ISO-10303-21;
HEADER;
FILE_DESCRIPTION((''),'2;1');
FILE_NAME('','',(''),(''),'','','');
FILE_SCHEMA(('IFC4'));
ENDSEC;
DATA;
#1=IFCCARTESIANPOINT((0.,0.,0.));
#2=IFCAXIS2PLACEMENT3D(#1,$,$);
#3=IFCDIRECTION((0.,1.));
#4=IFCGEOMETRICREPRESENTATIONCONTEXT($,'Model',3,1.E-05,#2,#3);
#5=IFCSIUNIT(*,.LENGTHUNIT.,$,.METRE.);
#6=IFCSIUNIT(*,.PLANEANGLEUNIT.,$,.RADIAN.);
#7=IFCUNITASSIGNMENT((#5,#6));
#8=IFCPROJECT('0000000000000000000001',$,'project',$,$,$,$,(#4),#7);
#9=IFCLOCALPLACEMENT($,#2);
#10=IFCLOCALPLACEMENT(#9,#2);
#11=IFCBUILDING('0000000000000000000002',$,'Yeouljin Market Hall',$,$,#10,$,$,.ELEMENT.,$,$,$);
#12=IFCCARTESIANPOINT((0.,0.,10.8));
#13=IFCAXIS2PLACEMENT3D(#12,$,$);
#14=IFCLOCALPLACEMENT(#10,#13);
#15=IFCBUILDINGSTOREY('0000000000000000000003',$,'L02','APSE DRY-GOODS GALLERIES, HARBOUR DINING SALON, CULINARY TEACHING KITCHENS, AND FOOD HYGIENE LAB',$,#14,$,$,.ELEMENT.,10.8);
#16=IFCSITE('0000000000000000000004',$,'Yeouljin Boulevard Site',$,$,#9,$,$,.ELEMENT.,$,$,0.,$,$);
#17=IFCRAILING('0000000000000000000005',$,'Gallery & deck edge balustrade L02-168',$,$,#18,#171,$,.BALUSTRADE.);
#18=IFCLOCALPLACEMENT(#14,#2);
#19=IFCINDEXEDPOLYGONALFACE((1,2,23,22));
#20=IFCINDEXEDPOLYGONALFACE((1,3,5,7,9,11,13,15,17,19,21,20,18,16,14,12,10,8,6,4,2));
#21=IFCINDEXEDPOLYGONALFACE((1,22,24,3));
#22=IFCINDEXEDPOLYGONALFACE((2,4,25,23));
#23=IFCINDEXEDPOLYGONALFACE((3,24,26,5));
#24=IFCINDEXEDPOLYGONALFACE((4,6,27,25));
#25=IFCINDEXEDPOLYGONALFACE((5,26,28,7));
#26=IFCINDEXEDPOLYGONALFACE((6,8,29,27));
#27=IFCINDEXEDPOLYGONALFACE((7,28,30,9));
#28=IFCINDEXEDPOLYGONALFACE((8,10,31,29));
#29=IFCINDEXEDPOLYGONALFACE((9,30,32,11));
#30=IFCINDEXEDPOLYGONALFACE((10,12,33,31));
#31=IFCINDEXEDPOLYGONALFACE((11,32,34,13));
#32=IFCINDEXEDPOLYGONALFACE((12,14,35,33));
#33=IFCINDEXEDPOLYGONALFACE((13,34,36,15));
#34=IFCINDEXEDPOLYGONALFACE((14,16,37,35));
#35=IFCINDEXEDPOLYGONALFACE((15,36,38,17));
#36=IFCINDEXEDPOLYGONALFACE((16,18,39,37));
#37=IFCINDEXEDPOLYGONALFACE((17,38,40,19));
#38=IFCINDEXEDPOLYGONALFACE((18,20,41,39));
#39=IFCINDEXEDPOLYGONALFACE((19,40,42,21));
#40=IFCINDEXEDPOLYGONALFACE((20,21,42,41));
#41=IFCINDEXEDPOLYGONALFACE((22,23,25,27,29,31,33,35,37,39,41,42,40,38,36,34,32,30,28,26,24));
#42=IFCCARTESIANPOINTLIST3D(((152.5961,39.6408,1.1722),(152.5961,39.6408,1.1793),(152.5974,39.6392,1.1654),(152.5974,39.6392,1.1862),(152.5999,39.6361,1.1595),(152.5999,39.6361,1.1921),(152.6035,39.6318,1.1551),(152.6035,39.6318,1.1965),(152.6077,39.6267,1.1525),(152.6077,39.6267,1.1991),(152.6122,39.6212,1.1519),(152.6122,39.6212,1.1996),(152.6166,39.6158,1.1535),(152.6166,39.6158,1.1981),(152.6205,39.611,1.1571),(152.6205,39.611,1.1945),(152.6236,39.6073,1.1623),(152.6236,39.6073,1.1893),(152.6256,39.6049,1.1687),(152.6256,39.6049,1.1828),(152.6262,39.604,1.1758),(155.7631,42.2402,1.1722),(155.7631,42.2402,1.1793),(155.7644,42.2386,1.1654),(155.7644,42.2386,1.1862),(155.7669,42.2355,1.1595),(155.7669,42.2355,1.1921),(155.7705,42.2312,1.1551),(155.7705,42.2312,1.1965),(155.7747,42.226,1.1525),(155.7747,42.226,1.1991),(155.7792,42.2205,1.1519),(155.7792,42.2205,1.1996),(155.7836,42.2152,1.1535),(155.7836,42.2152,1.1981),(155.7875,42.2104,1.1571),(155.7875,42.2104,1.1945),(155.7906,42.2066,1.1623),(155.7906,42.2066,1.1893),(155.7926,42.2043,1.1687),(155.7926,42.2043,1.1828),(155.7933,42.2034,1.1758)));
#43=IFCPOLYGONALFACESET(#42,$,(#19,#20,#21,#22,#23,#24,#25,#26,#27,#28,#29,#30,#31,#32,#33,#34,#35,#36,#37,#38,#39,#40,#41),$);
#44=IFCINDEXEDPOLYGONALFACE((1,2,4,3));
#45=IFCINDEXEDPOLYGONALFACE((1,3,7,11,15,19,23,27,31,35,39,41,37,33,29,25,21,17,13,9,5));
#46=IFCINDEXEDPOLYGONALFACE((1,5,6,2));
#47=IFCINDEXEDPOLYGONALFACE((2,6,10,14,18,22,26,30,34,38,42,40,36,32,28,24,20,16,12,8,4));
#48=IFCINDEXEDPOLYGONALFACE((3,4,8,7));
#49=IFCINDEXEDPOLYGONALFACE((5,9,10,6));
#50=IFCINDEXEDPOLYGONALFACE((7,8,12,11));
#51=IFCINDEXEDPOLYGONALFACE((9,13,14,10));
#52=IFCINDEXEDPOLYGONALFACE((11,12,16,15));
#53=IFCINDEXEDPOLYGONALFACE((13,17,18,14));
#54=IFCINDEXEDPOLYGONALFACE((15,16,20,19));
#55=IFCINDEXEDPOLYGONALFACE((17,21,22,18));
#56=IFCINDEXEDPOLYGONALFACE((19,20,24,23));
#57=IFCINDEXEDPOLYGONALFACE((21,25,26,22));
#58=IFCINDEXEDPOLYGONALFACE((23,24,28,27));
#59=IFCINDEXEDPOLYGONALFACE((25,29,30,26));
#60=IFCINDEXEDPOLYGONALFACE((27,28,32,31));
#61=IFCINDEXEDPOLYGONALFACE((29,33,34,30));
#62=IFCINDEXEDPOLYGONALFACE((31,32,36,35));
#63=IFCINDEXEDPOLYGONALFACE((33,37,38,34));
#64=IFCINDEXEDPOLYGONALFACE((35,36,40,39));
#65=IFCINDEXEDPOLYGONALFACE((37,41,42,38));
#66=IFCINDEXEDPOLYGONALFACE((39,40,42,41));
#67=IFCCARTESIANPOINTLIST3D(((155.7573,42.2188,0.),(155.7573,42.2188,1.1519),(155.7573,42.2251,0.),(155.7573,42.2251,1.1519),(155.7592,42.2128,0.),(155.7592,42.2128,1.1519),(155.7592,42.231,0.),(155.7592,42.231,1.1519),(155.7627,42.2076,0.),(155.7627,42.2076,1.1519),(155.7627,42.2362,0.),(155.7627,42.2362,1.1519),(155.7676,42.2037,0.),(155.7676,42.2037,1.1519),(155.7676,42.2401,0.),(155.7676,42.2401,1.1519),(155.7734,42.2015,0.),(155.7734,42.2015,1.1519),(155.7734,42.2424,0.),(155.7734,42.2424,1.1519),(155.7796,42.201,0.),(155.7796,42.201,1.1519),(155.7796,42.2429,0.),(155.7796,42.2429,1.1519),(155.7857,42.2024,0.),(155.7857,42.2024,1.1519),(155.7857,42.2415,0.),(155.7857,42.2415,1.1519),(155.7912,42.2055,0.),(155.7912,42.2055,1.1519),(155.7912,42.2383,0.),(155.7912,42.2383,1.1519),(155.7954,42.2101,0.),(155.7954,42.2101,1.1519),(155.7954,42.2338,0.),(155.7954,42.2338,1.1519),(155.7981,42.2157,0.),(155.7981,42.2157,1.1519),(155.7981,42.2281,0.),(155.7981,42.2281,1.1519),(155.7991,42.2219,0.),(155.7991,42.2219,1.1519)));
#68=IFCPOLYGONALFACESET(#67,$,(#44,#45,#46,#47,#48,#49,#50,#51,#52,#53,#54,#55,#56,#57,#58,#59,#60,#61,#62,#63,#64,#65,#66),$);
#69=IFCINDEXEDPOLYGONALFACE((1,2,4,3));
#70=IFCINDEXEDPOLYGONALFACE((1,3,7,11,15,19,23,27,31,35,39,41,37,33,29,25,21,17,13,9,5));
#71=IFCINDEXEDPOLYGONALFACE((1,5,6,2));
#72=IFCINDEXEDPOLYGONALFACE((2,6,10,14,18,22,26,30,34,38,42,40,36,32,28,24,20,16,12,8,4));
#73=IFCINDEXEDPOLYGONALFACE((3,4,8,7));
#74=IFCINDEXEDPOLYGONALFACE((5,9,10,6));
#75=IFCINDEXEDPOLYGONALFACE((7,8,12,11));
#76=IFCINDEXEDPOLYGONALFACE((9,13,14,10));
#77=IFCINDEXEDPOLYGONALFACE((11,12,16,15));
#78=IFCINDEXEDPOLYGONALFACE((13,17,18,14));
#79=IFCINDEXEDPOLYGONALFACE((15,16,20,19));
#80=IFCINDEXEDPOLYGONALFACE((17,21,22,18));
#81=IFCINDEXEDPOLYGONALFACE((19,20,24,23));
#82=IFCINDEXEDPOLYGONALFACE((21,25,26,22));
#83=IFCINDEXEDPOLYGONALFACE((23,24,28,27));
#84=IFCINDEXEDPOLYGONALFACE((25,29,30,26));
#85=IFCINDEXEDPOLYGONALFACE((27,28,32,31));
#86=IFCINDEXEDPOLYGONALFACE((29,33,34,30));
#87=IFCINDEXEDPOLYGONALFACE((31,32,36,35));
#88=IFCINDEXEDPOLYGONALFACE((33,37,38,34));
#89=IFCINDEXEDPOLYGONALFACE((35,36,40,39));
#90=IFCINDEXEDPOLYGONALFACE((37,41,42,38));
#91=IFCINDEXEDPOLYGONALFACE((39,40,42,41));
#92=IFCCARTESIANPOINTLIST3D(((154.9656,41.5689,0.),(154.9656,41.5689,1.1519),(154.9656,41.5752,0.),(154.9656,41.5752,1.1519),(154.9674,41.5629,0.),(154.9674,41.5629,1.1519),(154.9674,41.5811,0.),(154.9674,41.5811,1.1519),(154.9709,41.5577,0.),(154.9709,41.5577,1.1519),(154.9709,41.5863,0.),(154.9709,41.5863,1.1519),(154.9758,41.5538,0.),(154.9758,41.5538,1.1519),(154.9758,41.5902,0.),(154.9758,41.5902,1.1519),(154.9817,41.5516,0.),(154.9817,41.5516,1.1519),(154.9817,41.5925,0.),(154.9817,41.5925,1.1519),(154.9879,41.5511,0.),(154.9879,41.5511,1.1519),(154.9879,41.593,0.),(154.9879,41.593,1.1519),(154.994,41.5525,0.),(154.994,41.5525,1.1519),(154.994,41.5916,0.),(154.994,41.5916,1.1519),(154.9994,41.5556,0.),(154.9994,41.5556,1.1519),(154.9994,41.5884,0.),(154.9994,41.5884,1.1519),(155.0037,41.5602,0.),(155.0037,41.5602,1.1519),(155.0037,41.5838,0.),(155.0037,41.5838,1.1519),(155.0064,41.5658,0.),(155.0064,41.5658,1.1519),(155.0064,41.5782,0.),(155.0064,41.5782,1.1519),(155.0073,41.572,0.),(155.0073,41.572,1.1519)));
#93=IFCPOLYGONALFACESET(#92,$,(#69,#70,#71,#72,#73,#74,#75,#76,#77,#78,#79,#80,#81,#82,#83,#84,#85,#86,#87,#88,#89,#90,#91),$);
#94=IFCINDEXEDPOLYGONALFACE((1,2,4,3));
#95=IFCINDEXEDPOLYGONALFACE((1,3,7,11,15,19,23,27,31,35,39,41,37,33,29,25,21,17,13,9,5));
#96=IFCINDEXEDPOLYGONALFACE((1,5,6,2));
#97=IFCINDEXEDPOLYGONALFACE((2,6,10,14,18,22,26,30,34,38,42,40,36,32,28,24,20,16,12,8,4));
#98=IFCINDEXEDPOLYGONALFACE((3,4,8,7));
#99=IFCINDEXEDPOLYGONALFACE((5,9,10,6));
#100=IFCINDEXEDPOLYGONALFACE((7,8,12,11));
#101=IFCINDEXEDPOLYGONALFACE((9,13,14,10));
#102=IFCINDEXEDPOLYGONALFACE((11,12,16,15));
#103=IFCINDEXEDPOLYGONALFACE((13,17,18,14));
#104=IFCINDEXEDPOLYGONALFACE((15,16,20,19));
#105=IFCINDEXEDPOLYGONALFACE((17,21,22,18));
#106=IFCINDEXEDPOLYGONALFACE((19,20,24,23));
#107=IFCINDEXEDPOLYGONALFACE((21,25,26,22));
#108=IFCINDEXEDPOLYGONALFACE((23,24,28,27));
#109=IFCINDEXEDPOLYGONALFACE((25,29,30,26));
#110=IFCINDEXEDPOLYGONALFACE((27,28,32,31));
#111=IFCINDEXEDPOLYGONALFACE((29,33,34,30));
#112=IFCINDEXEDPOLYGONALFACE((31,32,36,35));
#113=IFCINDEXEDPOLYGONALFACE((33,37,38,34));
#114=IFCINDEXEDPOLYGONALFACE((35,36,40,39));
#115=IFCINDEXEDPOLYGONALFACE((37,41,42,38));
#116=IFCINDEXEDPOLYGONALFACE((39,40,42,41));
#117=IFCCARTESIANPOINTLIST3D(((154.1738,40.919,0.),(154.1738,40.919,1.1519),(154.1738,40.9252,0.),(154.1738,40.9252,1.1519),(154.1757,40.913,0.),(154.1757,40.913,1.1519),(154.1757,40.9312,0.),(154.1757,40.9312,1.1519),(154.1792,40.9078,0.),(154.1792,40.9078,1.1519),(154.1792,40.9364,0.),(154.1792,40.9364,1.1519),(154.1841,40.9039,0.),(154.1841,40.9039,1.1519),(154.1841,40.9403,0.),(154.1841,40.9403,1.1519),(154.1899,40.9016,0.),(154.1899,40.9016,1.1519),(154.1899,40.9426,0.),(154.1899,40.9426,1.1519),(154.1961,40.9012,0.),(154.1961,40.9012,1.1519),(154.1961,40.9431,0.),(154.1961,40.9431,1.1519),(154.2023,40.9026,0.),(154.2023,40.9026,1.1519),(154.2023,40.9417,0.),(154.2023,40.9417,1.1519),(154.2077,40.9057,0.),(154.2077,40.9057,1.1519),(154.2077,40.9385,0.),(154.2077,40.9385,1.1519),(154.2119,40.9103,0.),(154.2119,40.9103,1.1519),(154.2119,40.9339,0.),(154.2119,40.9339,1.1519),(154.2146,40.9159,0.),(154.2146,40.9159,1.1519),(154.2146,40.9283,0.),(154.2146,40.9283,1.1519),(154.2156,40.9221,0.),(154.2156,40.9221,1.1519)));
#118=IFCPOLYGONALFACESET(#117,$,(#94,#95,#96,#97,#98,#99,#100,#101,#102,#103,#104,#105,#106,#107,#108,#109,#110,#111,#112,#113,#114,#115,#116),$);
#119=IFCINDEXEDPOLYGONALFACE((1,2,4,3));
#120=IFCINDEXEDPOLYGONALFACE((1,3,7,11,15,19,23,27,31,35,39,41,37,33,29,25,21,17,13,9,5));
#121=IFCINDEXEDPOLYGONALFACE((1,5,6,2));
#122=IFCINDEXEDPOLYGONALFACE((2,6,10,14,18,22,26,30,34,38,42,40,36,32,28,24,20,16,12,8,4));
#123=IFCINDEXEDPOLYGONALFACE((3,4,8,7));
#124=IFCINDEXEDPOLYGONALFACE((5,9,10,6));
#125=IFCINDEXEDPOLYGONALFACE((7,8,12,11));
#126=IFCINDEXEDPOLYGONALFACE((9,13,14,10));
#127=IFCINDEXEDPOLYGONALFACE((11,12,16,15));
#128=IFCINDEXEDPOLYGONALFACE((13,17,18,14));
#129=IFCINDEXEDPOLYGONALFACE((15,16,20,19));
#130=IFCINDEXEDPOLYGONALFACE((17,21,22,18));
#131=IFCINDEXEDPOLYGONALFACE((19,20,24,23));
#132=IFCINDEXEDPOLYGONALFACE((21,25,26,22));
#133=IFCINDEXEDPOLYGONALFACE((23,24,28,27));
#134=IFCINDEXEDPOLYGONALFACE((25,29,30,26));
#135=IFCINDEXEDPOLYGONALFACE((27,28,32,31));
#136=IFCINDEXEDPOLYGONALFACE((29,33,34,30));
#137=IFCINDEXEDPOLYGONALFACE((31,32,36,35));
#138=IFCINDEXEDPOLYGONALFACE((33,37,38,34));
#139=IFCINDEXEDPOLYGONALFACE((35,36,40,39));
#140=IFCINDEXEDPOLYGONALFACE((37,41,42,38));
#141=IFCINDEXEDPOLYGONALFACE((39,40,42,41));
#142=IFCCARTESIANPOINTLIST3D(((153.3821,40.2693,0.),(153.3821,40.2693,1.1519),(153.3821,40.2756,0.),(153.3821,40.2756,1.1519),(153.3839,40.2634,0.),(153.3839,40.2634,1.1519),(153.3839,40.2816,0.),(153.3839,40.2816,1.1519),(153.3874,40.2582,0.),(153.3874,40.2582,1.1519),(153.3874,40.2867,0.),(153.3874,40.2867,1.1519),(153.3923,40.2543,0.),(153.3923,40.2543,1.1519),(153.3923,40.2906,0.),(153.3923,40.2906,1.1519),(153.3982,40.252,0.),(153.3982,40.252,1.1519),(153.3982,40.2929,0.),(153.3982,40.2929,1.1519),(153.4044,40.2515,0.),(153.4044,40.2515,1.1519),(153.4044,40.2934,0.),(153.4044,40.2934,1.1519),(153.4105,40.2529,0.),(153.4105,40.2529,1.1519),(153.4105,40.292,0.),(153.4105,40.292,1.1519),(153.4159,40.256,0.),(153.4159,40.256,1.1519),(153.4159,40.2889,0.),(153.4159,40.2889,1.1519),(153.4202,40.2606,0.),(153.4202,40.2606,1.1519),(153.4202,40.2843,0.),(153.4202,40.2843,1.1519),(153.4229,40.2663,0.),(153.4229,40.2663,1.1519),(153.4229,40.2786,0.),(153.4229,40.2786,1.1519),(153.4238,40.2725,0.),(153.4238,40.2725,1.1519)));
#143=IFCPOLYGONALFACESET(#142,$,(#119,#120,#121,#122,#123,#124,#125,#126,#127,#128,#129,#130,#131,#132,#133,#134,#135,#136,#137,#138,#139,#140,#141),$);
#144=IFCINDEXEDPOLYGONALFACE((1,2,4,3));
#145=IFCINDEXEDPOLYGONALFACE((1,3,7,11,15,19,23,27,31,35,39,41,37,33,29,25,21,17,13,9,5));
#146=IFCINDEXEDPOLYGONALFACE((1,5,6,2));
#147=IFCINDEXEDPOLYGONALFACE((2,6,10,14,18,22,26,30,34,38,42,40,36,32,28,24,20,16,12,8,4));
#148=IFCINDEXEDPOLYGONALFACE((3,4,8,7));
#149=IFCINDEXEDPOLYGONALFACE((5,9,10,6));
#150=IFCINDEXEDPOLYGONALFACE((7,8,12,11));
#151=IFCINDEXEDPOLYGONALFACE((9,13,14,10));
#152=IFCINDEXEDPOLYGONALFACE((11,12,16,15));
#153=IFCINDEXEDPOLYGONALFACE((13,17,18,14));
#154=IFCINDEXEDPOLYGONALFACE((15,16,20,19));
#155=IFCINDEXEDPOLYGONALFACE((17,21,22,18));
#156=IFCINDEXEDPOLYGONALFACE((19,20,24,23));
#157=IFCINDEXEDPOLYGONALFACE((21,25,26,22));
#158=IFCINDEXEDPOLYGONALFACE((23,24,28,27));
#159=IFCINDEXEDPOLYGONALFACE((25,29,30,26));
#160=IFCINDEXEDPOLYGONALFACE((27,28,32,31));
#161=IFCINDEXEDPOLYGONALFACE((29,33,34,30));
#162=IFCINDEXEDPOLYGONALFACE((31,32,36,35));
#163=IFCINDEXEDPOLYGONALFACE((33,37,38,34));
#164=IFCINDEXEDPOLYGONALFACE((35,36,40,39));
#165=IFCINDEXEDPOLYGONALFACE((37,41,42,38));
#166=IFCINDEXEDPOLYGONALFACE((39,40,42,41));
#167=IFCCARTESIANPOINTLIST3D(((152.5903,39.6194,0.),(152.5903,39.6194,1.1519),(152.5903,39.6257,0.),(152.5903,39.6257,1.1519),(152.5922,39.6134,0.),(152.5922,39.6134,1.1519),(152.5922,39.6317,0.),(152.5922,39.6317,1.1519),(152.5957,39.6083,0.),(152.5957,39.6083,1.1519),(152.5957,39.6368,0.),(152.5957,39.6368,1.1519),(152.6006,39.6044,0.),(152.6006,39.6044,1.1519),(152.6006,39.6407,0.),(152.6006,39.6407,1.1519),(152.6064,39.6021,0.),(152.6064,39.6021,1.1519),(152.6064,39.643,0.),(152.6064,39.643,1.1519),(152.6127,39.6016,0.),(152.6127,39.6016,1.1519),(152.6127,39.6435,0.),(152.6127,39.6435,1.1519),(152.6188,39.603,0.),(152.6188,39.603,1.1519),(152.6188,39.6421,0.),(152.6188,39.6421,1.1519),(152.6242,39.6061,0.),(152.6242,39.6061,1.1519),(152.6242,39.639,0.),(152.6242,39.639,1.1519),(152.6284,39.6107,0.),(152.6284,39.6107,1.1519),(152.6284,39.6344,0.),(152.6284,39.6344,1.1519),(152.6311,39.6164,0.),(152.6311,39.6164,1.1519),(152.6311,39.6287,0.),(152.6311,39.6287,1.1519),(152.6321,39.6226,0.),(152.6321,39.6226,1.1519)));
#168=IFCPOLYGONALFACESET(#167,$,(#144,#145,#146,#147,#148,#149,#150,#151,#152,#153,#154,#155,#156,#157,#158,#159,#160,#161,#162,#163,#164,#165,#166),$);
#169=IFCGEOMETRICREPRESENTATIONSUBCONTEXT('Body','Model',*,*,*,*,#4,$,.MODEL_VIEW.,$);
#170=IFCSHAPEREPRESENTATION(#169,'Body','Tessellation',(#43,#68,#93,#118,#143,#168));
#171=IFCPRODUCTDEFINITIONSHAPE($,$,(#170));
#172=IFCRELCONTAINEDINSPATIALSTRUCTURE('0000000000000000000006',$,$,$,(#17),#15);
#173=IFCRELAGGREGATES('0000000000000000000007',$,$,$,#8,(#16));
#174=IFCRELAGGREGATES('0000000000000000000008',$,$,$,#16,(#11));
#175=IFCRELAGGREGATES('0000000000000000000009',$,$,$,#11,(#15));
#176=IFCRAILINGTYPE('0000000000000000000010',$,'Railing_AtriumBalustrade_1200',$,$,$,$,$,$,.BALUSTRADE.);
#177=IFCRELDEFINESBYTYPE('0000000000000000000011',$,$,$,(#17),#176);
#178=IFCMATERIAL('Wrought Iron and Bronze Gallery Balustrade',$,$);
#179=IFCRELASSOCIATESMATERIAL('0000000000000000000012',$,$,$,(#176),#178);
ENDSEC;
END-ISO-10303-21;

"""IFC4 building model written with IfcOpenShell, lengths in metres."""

from ifc_helpers import new_model, si_unit, direction, frame, origin, origin_2d, place, context, subcontext, project, spatial, circle, extrude, material, type_object, element, save


model = new_model("IFC4")

# Units and contexts
model_context = context("Model", 3, precision=1e-05, world=origin(), true_north=direction((0.0, 1.0)))
body_context = subcontext(model_context, "Body", "Model", "MODEL_VIEW")
ifc_project = project(units=[si_unit("LENGTHUNIT", "METRE"), si_unit("PLANEANGLEUNIT", "RADIAN")], contexts=[model_context])

# Site, building, storey
site_placement = place(None, origin())
site = spatial("IfcSite", under=ifc_project, at=site_placement, Name="Yeouljin Boulevard Site", CompositionType="ELEMENT", RefElevation=0.0)
building_placement = place(site_placement, origin())
building = spatial("IfcBuilding", under=site, at=building_placement, Name="Yeouljin Market Hall", CompositionType="ELEMENT")
storey_placement = place(building_placement, frame((0.0, 0.0, 10.8)))
storey = spatial("IfcBuildingStorey", under=building, at=storey_placement, Name="L02", Description="APSE DRY-GOODS GALLERIES, HARBOUR DINING SALON, CULINARY TEACHING KITCHENS, AND FOOD HYGIENE LAB", CompositionType="ELEMENT", Elevation=10.8)

# Railing
ifc_material_1 = material(Name="Wrought Iron and Bronze Gallery Balustrade")
railing_type = type_object("IfcRailingType", Name="Railing_AtriumBalustrade_1200", PredefinedType="BALUSTRADE", material=ifc_material_1)
railing_1_placement = place(storey_placement, frame((155.7781, 42.2219, 0.0)))
element("IfcRailing", 1, at=railing_1_placement, inside=storey, type_object=railing_type, Name="Gallery & deck edge balustrade L02-168", PredefinedType="BALUSTRADE", context=body_context, shape_type="SweptSolid", body=[
    extrude(circle(Radius=0.0239, at=origin_2d()), frame((0.0, 0.0, 1.1758), z_axis=(-0.772977, -0.634434, 0.0), x_axis=(0.634434, -0.772977, 0.0)), (0.0, 0.0, 1.0), 4.0972),
    extrude(circle(Radius=0.021, at=origin_2d()), origin(), (0.0, 0.0, 1.0), 1.1519),
    extrude(circle(Radius=0.021, at=origin_2d()), frame((-0.7917, -0.6499, 0.0)), (0.0, 0.0, 1.0), 1.1519),
    extrude(circle(Radius=0.021, at=origin_2d()), frame((-1.5835, -1.2998, 0.0)), (0.0, 0.0, 1.0), 1.1519),
    extrude(circle(Radius=0.021, at=origin_2d()), frame((-2.3752, -1.9495, 0.0)), (0.0, 0.0, 1.0), 1.1519),
    extrude(circle(Radius=0.021, at=origin_2d()), frame((-3.167, -2.5994, 0.0)), (0.0, 0.0, 1.0), 1.1519),
])

save(model, "model.ifc")
